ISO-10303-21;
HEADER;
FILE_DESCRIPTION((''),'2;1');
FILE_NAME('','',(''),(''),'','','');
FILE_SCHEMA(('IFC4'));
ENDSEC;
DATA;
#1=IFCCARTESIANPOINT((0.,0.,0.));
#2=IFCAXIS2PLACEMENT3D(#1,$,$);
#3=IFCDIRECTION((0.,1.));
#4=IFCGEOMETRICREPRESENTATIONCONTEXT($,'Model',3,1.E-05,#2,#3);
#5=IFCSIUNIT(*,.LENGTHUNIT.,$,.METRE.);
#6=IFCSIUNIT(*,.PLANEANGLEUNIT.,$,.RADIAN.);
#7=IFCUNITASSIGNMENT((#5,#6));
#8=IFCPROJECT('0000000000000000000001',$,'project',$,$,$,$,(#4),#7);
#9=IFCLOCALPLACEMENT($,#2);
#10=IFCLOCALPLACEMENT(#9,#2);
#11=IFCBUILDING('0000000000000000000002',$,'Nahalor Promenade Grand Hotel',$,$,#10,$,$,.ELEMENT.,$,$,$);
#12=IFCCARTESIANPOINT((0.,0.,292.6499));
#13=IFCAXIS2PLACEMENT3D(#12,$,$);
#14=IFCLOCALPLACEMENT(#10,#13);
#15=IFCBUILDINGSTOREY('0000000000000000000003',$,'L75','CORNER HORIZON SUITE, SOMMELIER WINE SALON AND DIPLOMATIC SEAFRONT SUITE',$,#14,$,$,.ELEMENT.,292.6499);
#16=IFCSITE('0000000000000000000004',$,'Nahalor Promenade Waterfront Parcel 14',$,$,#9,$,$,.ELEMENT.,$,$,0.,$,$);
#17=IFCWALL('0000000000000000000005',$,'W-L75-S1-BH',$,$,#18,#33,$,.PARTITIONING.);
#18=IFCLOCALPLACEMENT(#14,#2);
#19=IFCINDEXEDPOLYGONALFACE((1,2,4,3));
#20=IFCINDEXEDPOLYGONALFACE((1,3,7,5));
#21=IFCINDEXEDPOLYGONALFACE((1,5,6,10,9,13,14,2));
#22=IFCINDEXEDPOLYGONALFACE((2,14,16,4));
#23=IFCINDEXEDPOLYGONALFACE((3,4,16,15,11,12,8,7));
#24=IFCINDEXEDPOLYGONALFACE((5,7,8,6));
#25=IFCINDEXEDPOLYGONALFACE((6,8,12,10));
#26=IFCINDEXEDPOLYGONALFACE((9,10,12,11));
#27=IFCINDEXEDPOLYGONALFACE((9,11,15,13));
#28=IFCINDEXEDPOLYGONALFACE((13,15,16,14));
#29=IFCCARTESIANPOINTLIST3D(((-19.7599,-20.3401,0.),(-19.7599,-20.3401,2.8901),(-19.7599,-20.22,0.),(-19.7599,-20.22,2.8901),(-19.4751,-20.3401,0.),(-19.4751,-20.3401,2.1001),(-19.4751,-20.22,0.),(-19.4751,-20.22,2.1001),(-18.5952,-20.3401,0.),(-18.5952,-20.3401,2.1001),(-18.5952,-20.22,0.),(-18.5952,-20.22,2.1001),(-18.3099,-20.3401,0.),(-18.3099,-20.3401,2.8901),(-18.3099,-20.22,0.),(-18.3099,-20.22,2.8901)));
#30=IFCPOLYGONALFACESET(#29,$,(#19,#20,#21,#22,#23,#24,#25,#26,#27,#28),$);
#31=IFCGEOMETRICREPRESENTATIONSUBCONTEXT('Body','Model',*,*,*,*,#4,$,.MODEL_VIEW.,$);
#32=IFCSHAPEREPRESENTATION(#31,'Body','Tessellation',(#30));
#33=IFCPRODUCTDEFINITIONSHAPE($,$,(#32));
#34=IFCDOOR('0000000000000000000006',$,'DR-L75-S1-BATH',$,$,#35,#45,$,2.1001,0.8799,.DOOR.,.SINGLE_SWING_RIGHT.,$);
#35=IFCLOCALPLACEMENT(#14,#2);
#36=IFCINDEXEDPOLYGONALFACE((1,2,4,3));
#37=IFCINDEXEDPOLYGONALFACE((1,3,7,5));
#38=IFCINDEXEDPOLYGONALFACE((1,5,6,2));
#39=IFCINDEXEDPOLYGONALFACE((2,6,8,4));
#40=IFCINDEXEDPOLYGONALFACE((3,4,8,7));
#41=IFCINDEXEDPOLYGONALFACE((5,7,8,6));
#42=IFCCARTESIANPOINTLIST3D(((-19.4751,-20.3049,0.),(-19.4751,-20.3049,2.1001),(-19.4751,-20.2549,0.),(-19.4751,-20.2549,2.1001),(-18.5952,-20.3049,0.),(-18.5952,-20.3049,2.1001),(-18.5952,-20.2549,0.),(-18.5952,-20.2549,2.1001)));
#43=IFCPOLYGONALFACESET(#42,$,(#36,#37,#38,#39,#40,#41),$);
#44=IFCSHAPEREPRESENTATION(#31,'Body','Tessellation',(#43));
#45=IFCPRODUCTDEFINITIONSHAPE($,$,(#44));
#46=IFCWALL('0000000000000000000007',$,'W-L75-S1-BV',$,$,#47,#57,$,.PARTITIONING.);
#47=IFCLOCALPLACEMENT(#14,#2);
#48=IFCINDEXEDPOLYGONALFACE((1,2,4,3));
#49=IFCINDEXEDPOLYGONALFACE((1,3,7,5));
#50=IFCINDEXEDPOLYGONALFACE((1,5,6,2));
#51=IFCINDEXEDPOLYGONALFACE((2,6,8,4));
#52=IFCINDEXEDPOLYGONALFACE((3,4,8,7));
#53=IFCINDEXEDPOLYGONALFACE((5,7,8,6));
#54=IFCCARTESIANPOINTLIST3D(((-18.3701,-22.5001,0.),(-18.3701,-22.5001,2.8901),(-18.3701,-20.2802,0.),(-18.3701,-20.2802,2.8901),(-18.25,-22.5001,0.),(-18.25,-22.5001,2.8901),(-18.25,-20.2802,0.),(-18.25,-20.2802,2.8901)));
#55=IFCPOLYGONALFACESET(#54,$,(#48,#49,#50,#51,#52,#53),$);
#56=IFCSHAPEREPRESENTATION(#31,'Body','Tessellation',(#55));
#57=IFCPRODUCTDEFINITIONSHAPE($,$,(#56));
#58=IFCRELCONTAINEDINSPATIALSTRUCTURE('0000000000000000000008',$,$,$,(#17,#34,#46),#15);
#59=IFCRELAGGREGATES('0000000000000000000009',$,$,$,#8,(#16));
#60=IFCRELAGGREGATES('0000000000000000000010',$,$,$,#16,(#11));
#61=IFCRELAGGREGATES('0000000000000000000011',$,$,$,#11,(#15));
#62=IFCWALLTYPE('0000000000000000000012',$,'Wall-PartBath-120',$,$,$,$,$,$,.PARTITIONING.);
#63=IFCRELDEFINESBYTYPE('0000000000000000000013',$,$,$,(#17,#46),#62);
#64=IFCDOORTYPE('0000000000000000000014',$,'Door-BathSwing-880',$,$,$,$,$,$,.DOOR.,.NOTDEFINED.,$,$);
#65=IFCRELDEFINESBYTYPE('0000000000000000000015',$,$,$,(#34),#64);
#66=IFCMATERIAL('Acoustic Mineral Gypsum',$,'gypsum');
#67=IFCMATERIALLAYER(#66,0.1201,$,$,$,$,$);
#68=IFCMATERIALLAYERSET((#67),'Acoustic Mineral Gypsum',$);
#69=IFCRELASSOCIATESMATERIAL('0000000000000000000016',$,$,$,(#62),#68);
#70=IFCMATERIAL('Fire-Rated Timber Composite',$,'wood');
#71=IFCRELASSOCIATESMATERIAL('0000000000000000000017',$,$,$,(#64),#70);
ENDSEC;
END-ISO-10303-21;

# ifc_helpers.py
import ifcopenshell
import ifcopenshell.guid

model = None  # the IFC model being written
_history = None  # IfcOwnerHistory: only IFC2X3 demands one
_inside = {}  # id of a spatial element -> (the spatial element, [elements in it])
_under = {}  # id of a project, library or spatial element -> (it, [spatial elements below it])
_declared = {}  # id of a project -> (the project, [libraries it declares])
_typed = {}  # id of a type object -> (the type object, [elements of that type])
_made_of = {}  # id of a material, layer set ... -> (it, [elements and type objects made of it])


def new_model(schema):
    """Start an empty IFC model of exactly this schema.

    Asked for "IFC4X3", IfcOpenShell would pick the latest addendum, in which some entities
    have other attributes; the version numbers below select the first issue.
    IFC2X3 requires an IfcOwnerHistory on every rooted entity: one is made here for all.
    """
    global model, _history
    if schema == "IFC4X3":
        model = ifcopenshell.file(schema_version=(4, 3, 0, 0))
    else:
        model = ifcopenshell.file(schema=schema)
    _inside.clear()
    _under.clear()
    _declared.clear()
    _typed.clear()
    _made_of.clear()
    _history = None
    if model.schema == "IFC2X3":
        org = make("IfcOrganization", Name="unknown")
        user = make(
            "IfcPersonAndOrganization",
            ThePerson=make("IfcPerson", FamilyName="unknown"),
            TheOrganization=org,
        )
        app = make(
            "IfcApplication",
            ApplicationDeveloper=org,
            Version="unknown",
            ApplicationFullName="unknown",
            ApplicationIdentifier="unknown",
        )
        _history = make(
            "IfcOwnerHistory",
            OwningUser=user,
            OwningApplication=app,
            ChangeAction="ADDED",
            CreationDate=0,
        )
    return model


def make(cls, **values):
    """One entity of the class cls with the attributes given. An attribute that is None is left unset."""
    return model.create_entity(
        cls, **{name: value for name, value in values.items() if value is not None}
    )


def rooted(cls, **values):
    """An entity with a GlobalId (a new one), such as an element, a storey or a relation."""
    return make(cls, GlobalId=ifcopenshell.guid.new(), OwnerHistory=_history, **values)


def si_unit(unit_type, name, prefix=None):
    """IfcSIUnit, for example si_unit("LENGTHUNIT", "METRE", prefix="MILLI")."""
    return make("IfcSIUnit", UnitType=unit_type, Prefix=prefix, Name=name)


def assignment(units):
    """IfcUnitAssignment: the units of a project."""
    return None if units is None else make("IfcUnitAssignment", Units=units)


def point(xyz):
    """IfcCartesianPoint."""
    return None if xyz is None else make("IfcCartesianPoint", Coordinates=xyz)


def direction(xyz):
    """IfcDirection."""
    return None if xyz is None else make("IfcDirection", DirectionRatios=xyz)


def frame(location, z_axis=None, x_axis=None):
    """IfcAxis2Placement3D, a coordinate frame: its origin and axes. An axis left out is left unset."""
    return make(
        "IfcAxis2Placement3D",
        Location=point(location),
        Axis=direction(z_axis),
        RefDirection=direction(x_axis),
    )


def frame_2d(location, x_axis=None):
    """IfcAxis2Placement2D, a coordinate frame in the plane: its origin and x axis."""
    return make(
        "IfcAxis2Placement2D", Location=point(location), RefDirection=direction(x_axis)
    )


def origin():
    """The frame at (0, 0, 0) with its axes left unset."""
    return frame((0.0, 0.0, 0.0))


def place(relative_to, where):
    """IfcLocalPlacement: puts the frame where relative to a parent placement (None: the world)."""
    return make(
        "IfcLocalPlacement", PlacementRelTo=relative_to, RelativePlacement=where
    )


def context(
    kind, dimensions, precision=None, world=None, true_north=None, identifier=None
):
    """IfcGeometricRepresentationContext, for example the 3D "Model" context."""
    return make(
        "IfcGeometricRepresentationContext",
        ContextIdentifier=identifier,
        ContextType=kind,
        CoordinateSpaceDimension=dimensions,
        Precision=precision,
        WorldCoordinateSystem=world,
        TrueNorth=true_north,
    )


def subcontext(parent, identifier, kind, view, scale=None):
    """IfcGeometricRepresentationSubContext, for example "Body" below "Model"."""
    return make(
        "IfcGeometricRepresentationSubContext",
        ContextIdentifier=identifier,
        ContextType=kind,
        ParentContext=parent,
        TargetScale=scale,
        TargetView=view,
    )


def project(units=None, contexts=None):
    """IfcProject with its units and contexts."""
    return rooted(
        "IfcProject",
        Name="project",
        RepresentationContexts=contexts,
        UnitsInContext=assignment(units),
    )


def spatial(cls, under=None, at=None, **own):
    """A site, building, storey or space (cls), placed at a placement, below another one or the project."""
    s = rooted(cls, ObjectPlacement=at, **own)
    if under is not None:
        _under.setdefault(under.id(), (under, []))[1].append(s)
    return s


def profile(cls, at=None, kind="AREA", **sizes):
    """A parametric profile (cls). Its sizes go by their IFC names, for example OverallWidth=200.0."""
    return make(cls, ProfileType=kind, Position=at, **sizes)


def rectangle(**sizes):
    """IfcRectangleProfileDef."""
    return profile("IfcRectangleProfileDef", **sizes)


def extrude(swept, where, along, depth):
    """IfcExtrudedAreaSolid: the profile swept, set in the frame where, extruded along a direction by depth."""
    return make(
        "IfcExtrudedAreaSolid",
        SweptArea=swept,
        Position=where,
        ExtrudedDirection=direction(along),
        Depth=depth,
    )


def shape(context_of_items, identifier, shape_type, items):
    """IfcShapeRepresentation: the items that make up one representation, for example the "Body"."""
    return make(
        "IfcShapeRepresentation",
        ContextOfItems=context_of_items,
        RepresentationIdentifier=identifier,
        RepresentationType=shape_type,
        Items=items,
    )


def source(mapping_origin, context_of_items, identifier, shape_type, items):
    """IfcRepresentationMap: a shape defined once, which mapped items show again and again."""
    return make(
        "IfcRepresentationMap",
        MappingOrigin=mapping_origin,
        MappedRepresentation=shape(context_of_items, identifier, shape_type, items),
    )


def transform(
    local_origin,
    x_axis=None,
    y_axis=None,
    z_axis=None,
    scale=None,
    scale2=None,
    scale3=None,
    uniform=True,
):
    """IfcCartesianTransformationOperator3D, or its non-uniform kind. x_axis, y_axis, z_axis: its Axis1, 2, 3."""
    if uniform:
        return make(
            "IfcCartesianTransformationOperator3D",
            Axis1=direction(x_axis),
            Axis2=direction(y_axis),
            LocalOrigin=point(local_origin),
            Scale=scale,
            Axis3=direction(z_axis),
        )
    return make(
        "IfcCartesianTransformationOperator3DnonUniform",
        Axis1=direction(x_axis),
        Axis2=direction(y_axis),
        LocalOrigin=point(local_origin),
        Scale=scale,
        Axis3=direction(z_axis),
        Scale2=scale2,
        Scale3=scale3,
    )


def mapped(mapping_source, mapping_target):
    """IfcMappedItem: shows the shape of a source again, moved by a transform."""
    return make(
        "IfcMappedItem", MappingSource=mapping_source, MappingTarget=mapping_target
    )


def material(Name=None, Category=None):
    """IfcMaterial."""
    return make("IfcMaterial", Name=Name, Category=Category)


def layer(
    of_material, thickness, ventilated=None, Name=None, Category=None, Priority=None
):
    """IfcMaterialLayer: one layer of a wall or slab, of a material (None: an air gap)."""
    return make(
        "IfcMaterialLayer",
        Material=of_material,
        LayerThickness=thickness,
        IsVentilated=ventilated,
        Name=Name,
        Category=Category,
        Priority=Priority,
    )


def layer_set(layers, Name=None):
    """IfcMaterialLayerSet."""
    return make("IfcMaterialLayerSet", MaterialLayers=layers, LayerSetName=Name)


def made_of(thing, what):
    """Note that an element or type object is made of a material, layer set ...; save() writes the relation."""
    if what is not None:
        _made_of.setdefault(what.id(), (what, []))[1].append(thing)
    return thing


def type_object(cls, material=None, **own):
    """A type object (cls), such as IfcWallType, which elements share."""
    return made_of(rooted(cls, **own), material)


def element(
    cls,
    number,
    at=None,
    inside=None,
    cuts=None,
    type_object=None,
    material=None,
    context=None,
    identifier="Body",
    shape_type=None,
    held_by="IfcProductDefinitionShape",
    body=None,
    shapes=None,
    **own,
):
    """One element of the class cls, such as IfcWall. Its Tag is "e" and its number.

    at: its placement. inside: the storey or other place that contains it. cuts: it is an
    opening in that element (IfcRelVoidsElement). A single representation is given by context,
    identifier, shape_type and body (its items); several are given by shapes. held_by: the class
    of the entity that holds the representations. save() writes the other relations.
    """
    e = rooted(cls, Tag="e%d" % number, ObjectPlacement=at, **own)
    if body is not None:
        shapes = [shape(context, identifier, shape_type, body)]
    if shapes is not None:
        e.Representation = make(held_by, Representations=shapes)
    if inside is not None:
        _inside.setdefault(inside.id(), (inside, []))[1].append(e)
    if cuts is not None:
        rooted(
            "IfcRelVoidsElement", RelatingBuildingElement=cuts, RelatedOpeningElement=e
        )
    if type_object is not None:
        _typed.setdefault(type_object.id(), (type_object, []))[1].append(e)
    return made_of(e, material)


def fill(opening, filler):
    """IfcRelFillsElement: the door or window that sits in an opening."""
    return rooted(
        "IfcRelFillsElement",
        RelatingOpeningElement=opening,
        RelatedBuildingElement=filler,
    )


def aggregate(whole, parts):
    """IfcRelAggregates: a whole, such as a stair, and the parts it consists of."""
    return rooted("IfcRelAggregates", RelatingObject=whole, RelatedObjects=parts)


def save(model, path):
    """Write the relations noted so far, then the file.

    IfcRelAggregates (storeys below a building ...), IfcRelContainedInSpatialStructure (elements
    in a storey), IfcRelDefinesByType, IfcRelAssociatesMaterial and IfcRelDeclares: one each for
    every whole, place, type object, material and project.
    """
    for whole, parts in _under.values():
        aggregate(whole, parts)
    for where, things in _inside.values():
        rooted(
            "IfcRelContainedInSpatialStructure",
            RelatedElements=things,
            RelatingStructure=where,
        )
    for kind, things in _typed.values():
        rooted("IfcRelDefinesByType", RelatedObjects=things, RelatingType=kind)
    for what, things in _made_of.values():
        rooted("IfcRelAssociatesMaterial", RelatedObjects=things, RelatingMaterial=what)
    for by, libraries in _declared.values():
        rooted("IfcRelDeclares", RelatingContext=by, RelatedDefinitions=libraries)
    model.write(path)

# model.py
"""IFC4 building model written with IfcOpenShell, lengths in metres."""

from ifc_helpers import new_model, si_unit, direction, frame, frame_2d, origin, place, context, subcontext, project, spatial, rectangle, extrude, source, transform, mapped, material, layer, layer_set, type_object, element, fill, save


model = new_model("IFC4")

# Units and contexts
model_context = context("Model", 3, precision=1e-05, world=origin(), true_north=direction((0.0, 1.0)))
body_context = subcontext(model_context, "Body", "Model", "MODEL_VIEW")
ifc_project = project(units=[si_unit("LENGTHUNIT", "METRE"), si_unit("PLANEANGLEUNIT", "RADIAN")], contexts=[model_context])

# Site, building, storey
site_placement = place(None, origin())
site = spatial("IfcSite", under=ifc_project, at=site_placement, Name="Nahalor Promenade Waterfront Parcel 14", CompositionType="ELEMENT", RefElevation=0.0)
building_placement = place(site_placement, origin())
building = spatial("IfcBuilding", under=site, at=building_placement, Name="Nahalor Promenade Grand Hotel", CompositionType="ELEMENT")
storey_placement = place(building_placement, frame((0.0, 0.0, 292.6499)))
storey = spatial("IfcBuildingStorey", under=building, at=storey_placement, Name="L75", Description="CORNER HORIZON SUITE, SOMMELIER WINE SALON AND DIPLOMATIC SEAFRONT SUITE", CompositionType="ELEMENT", Elevation=292.6499)

# Shared definitions
ifc_material_1 = material(Name="Acoustic Mineral Gypsum", Category="gypsum")

# Wall, opening, door
ifc_layer_1 = layer(ifc_material_1, 0.1201)
ifc_layer_set_1 = layer_set([ifc_layer_1], Name="Acoustic Mineral Gypsum")
wall_type_1 = type_object("IfcWallType", Name="Wall-PartBath-120", PredefinedType="PARTITIONING", material=ifc_layer_set_1)
shared_shape_1 = source(origin(), body_context, "Body", "SweptSolid", [
    extrude(rectangle(XDim=1.45, YDim=0.1201, at=frame_2d((0.7251, 0.0))), origin(), (0.0, 0.0, 1.0), 2.8901),
])
wall_1_placement = place(storey_placement, frame((-19.76, -20.28, 0.0), z_axis=(0.0, 0.0, 1.0), x_axis=(1.0, 0.0, 0.0)))
wall_1 = element("IfcWall", 1, at=wall_1_placement, inside=storey, type_object=wall_type_1, Name="W-L75-S1-BH", PredefinedType="PARTITIONING", context=body_context, shape_type="MappedRepresentation", body=[
    mapped(shared_shape_1, transform((0.0, 0.0, 0.0), scale=1.0)),
])
opening_1_placement = place(wall_1_placement, frame((0.2849, 0.0, 0.0)))
opening_1 = element("IfcOpeningElement", 2, at=opening_1_placement, cuts=wall_1, PredefinedType="OPENING", context=body_context, shape_type="SweptSolid", body=[
    extrude(rectangle(XDim=0.8799, YDim=2.1001, at=frame_2d((0.4399, 1.05))), frame((0.0, 0.0701, 0.0), z_axis=(0.0, -1.0, 0.0), x_axis=(1.0, 0.0, 0.0)), (0.0, 0.0, 1.0), 0.1401),
])
ifc_material_2 = material(Name="Fire-Rated Timber Composite", Category="wood")
door_type_1 = type_object("IfcDoorType", Name="Door-BathSwing-880", OperationType="NOTDEFINED", PredefinedType="DOOR", material=ifc_material_2)
shared_shape_2 = source(origin(), body_context, "Body", "SweptSolid", [
    extrude(rectangle(XDim=0.8799, YDim=2.1001, at=frame_2d((0.4399, 1.05))), frame((0.0, 0.0249, 0.0), z_axis=(0.0, -1.0, 0.0), x_axis=(1.0, 0.0, 0.0)), (0.0, 0.0, 1.0), 0.05),
])
door_1_placement = place(opening_1_placement, frame((0.8799, 0.0, 0.0), z_axis=(0.0, 0.0, 1.0), x_axis=(-1.0, 0.0, 0.0)))
door_1 = element("IfcDoor", 3, at=door_1_placement, inside=storey, type_object=door_type_1, Name="DR-L75-S1-BATH", OperationType="SINGLE_SWING_RIGHT", OverallHeight=2.1001, OverallWidth=0.8799, PredefinedType="DOOR", context=body_context, shape_type="MappedRepresentation", body=[
    mapped(shared_shape_2, transform((0.0, 0.0, 0.0), scale=1.0)),
])
fill(opening_1, door_1)

# Wall
shared_shape_3 = source(origin(), body_context, "Body", "SweptSolid", [
    extrude(rectangle(XDim=2.22, YDim=0.1201, at=frame_2d((1.1099, 0.0))), origin(), (0.0, 0.0, 1.0), 2.8901),
])
wall_2_placement = place(storey_placement, frame((-18.3101, -22.5, 0.0), z_axis=(0.0, 0.0, 1.0), x_axis=(0.0, 1.0, 0.0)))
element("IfcWall", 4, at=wall_2_placement, inside=storey, type_object=wall_type_1, Name="W-L75-S1-BV", PredefinedType="PARTITIONING", context=body_context, shape_type="MappedRepresentation", body=[
    mapped(shared_shape_3, transform((0.0, 0.0, 0.0), scale=1.0)),
])

save(model, "model.ifc")
